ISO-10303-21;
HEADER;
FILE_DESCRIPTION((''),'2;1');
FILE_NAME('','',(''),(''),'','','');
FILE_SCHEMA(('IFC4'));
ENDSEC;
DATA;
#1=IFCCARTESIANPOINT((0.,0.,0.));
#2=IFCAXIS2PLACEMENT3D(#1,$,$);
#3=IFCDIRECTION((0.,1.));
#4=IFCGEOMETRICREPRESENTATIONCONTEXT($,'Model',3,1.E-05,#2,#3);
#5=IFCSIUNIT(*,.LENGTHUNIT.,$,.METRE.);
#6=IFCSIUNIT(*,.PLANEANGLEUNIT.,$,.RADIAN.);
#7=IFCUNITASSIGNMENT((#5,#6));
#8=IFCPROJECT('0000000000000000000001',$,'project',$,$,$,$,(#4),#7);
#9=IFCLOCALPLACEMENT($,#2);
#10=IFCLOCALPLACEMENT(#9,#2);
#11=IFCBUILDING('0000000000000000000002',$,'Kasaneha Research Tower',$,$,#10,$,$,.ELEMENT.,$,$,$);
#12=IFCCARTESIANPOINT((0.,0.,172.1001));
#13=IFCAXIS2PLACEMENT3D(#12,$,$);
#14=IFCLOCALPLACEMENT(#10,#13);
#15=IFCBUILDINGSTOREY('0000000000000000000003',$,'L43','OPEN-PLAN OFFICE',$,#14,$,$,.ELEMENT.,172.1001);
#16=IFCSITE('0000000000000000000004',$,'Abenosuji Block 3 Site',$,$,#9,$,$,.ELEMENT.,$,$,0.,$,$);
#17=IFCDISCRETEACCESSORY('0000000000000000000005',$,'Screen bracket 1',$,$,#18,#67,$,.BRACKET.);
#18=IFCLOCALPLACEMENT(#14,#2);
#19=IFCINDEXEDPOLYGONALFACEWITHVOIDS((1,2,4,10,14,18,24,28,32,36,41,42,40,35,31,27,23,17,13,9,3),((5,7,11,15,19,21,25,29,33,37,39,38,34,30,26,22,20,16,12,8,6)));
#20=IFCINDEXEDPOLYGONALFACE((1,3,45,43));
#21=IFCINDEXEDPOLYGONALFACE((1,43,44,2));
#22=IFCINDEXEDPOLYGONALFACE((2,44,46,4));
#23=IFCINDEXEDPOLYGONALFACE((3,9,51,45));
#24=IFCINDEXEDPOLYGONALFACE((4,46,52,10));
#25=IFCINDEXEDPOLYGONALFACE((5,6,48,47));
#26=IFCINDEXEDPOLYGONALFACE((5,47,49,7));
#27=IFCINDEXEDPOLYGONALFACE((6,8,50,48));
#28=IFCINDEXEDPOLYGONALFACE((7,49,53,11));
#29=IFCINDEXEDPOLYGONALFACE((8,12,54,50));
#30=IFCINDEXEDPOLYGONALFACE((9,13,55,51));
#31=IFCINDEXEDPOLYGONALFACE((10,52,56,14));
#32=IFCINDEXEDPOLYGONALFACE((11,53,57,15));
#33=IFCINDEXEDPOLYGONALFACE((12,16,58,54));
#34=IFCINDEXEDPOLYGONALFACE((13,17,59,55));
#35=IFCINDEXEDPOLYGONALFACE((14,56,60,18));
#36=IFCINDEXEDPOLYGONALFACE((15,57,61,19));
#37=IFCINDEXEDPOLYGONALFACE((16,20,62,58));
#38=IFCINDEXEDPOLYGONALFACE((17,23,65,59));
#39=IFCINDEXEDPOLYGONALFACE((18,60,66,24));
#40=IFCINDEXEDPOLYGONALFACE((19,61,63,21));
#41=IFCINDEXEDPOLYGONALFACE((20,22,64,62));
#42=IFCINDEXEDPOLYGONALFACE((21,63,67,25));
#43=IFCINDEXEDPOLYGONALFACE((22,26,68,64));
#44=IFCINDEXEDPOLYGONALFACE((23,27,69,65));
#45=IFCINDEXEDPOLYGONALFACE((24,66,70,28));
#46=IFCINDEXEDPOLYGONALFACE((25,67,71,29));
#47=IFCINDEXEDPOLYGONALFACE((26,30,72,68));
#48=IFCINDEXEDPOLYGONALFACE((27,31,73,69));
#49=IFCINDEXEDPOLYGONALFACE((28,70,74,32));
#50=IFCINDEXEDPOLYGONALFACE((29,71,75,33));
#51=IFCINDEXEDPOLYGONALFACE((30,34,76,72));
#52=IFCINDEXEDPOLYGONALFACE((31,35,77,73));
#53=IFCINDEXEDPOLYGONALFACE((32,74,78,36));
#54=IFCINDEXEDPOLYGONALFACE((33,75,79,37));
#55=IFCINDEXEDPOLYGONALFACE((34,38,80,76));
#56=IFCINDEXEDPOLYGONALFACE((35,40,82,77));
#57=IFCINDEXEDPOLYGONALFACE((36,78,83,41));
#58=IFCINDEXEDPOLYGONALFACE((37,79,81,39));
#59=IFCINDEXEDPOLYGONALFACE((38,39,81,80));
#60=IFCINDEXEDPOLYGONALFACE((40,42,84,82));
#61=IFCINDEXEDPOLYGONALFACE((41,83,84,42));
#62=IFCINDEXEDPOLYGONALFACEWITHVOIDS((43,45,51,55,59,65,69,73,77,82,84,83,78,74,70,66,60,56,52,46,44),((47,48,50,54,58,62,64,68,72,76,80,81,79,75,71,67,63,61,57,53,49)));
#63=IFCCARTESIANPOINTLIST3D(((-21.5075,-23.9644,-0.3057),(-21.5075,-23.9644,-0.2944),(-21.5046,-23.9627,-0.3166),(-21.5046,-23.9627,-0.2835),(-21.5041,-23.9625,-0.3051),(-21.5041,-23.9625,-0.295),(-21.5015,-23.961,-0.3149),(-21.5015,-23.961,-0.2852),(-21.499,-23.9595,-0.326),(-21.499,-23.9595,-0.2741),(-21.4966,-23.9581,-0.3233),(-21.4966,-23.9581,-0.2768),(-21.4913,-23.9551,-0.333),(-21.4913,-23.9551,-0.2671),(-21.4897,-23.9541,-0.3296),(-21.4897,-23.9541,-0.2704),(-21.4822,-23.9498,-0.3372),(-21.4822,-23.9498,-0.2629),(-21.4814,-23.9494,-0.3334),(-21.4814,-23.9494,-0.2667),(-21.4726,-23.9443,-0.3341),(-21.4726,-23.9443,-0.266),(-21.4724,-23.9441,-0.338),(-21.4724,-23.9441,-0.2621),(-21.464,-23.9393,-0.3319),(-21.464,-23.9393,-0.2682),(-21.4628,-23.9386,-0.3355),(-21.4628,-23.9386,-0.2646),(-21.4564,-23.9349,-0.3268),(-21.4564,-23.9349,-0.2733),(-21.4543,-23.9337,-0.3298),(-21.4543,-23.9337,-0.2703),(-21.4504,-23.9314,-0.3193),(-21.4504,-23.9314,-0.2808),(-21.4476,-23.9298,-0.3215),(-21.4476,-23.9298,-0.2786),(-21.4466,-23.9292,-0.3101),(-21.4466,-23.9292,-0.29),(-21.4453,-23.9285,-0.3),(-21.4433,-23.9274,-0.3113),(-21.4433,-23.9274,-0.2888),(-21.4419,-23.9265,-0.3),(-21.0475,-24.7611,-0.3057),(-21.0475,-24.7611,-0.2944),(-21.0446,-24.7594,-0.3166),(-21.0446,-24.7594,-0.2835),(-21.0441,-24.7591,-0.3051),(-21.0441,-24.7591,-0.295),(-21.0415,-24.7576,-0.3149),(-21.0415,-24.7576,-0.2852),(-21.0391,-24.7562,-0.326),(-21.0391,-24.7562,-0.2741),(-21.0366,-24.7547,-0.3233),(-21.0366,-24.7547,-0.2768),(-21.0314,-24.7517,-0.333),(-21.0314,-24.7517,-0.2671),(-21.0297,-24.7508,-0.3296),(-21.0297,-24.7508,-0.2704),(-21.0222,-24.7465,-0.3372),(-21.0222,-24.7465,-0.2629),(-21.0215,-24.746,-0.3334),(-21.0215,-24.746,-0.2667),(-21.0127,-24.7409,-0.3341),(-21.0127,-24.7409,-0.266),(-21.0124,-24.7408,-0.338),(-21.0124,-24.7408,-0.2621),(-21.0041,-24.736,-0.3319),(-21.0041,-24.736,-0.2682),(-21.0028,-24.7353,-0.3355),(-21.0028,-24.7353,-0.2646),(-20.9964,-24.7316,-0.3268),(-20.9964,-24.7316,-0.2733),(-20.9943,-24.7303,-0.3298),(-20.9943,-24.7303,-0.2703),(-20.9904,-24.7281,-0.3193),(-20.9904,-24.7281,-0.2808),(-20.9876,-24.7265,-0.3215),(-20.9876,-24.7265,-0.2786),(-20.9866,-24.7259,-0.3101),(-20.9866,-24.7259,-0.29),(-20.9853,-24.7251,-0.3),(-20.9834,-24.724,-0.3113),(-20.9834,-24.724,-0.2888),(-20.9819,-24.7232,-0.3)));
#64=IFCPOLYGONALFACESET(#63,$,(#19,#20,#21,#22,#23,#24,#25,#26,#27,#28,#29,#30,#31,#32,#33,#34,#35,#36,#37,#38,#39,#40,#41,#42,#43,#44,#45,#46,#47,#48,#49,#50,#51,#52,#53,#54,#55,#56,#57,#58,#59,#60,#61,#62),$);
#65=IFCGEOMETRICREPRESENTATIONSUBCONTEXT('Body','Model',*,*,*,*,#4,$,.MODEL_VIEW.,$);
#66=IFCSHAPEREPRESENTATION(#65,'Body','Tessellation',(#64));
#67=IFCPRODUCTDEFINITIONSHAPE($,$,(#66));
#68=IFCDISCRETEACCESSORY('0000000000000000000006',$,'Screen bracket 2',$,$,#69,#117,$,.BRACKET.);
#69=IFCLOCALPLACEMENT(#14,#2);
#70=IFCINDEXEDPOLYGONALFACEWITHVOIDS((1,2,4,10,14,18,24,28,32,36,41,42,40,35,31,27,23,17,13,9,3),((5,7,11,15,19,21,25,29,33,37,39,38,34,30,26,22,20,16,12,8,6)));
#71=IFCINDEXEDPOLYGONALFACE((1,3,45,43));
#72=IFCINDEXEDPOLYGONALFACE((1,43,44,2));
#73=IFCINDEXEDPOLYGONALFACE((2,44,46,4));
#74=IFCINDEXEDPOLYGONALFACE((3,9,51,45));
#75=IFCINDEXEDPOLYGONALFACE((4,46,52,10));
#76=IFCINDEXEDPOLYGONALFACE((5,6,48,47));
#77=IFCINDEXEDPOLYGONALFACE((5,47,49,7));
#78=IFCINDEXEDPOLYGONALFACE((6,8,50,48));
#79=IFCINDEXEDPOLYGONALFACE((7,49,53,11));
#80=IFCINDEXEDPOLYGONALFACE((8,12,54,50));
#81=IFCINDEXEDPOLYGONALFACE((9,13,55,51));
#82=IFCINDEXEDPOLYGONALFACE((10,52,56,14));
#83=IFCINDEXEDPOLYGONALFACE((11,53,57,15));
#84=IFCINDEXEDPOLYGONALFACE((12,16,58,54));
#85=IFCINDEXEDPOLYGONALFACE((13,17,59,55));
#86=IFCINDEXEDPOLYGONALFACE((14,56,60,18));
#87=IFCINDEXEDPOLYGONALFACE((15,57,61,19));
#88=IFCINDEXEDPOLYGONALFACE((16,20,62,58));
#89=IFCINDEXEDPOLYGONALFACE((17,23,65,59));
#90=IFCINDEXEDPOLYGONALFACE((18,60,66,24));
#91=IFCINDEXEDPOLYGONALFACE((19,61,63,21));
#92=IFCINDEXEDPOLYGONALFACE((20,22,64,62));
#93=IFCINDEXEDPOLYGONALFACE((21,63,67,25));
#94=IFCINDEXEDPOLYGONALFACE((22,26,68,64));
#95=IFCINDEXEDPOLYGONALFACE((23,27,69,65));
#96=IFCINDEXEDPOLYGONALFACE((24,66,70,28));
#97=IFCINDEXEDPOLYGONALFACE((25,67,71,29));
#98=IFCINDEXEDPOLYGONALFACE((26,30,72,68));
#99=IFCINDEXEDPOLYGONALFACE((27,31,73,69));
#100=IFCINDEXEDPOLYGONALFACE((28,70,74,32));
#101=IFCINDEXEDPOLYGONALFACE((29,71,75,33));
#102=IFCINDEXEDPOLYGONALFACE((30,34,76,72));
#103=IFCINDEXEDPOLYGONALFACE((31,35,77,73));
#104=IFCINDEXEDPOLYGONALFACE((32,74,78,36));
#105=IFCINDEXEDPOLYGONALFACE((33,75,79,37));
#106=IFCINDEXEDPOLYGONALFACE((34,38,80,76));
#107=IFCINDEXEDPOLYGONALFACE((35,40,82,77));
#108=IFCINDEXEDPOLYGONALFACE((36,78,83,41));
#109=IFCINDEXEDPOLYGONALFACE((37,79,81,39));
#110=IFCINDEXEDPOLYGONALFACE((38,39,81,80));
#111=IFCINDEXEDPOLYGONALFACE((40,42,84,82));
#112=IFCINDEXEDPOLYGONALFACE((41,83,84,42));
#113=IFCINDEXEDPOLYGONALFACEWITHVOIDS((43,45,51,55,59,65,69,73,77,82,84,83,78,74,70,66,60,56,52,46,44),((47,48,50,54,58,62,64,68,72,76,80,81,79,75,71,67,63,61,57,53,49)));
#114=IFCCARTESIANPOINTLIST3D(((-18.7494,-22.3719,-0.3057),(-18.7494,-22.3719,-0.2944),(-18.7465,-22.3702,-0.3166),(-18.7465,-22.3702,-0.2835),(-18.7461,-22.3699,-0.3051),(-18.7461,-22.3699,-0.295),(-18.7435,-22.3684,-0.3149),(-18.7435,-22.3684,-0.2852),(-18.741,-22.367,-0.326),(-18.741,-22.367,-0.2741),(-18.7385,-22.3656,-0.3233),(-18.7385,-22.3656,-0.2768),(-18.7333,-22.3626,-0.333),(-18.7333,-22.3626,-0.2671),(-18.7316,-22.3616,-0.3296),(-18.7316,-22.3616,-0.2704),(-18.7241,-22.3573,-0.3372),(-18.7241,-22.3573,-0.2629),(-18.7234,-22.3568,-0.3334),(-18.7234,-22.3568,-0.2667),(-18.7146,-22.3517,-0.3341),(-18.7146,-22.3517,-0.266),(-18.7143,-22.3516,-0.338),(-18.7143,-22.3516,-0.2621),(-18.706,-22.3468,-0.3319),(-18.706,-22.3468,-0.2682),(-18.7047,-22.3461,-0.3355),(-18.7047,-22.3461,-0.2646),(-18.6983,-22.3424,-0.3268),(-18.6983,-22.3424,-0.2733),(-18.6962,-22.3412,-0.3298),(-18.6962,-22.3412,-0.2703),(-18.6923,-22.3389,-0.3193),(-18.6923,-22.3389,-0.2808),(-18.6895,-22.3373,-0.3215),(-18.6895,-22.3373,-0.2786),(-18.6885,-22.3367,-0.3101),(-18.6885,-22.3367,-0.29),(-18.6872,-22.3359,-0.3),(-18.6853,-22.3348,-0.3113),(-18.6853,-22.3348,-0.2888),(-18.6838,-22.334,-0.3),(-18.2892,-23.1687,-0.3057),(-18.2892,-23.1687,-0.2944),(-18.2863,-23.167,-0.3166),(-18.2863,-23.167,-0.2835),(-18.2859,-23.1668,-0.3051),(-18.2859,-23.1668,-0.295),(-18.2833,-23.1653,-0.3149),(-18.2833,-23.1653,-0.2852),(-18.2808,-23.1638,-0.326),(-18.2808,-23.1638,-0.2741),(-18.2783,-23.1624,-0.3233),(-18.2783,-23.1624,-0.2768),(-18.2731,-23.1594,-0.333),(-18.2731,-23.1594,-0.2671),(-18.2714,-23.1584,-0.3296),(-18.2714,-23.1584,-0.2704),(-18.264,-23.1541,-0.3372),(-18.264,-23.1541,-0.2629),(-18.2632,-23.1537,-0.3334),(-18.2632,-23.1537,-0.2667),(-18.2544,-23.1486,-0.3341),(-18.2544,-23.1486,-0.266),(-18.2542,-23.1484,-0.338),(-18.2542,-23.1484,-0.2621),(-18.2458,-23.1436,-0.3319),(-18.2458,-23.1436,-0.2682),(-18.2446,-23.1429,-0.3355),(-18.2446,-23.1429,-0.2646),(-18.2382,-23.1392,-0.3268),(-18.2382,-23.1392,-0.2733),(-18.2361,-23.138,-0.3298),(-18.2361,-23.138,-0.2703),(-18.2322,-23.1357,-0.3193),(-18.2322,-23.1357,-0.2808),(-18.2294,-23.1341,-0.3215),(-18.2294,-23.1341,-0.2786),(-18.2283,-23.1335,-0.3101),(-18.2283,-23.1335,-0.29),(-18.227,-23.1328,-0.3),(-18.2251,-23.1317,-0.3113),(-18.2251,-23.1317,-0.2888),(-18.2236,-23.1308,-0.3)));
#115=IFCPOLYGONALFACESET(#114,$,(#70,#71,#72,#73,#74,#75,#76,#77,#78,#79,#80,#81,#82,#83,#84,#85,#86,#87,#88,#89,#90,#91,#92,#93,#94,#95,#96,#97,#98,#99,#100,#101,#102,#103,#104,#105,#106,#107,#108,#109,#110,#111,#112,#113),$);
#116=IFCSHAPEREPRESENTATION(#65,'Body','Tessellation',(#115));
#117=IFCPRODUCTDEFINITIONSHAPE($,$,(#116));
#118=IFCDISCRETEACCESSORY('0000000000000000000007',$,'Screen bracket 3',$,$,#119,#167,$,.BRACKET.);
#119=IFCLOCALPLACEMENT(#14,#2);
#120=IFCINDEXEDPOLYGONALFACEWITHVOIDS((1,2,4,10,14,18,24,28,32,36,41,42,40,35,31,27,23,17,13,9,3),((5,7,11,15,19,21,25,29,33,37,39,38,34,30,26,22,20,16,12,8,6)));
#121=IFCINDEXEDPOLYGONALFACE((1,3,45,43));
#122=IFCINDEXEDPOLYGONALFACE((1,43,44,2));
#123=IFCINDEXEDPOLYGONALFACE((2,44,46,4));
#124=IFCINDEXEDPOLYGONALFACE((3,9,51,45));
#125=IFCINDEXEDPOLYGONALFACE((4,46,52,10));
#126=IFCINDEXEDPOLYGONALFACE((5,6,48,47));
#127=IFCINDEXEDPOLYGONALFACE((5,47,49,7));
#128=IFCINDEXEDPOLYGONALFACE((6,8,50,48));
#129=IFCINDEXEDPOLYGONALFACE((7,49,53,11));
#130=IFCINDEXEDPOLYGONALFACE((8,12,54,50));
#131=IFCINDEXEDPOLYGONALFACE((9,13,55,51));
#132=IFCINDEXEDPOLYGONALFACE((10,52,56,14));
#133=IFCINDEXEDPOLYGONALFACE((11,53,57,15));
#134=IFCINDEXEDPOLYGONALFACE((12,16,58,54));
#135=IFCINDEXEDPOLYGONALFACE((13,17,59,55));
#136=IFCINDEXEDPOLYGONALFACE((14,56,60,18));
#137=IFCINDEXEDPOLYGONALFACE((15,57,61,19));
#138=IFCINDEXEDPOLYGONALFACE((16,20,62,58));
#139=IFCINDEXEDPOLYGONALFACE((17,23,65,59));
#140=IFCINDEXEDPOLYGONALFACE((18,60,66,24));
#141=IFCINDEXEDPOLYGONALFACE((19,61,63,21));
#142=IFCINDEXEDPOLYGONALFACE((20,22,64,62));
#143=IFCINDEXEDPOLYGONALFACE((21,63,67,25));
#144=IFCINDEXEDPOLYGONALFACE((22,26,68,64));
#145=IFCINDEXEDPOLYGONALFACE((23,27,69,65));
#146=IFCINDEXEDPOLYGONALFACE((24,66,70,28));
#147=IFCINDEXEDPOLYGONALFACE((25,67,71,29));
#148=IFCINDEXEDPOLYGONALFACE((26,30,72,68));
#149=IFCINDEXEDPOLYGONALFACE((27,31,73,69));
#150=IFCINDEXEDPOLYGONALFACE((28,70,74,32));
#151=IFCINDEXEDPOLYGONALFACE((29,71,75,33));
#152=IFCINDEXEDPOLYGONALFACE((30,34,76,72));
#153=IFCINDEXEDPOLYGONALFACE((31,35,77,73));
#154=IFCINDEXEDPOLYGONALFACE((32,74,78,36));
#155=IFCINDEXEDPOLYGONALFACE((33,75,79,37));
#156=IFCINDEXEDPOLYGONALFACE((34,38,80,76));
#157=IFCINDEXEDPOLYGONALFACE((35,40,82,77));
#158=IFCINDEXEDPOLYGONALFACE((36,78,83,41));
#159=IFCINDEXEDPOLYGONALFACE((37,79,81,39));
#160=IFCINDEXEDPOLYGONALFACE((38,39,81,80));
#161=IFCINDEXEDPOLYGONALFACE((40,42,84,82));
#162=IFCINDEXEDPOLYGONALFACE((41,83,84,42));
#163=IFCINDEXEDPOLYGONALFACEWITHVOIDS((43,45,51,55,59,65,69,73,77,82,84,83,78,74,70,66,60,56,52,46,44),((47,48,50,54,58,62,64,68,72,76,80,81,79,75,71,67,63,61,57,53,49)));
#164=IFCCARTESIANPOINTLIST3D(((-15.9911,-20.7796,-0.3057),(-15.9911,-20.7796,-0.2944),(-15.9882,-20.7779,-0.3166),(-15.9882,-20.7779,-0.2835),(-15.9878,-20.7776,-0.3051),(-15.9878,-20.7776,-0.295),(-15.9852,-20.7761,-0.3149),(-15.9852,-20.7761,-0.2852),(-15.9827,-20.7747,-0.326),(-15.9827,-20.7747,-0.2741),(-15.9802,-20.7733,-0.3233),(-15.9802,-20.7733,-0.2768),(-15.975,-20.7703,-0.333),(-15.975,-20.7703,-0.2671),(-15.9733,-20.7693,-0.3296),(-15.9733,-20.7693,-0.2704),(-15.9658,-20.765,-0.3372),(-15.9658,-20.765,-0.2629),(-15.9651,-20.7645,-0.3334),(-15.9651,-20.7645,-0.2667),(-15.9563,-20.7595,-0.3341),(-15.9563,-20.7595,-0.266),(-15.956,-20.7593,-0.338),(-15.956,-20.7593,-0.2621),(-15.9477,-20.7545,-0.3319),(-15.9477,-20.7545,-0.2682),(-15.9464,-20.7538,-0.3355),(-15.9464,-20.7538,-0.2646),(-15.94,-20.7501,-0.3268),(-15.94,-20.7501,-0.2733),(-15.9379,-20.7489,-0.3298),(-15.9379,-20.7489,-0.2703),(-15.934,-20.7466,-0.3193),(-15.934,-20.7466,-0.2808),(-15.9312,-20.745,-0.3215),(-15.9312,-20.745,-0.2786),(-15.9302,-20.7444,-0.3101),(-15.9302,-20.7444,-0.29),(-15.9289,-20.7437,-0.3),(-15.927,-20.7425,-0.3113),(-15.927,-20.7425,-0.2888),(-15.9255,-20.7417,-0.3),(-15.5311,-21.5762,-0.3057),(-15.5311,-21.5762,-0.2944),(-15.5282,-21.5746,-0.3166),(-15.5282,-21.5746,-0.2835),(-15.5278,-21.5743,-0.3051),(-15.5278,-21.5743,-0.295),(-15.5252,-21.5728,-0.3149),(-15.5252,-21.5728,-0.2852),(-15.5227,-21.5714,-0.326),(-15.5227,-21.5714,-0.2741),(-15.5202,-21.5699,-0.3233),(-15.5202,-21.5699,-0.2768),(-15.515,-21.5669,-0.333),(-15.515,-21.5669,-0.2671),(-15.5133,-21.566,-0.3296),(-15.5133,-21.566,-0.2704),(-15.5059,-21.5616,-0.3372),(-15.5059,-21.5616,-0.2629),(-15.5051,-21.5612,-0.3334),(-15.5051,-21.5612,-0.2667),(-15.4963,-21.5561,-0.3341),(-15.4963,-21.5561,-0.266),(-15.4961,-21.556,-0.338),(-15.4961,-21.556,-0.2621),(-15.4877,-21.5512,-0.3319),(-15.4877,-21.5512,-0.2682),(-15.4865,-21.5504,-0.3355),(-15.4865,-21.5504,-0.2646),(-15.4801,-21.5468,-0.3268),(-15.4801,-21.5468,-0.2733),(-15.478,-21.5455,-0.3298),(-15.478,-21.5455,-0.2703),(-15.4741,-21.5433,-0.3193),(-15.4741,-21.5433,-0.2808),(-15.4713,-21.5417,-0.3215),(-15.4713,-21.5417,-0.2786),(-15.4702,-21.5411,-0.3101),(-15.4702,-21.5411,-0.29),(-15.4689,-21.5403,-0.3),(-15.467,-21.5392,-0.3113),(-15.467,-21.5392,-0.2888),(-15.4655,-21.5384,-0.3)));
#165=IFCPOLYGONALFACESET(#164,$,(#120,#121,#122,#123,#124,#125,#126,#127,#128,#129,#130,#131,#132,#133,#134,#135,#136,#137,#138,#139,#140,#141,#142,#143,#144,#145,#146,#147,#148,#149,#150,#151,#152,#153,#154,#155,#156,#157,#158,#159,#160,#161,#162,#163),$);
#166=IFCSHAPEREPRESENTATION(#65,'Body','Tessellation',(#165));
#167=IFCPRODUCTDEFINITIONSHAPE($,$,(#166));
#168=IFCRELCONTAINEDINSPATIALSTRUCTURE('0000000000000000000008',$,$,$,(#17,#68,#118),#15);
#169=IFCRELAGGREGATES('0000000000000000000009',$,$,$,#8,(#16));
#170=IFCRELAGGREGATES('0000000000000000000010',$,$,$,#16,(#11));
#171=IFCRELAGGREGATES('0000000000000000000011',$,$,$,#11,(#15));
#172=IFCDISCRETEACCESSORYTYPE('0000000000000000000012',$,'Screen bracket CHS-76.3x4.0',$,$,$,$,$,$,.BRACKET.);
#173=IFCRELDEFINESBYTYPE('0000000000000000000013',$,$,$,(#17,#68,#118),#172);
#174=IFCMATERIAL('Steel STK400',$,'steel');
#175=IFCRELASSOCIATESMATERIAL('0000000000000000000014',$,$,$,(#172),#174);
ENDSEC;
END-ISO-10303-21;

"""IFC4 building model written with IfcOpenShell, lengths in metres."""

from ifc_helpers import new_model, si_unit, direction, frame, origin, origin_2d, place, context, subcontext, project, spatial, hollow_circle, extrude, material, material_profile, profile_set, type_object, element, save


model = new_model("IFC4")

# Units and contexts
model_context = context("Model", 3, precision=1e-05, world=origin(), true_north=direction((0.0, 1.0)))
body_context = subcontext(model_context, "Body", "Model", "MODEL_VIEW")
ifc_project = project(units=[si_unit("LENGTHUNIT", "METRE"), si_unit("PLANEANGLEUNIT", "RADIAN")], contexts=[model_context])

# Site, building, storey
site_placement = place(None, origin())
site = spatial("IfcSite", under=ifc_project, at=site_placement, Name="Abenosuji Block 3 Site", CompositionType="ELEMENT", RefElevation=0.0)
building_placement = place(site_placement, origin())
building = spatial("IfcBuilding", under=site, at=building_placement, Name="Kasaneha Research Tower", CompositionType="ELEMENT")
storey_placement = place(building_placement, frame((0.0, 0.0, 172.1001)))
storey = spatial("IfcBuildingStorey", under=building, at=storey_placement, Name="L43", Description="OPEN-PLAN OFFICE", CompositionType="ELEMENT", Elevation=172.1001)

# Discrete accessories
ifc_material_1 = material(Name="Steel STK400", Category="steel")
ifc_material_profile_1 = material_profile(ifc_material_1, hollow_circle(Radius=0.0381, WallThickness=0.0039, at=origin_2d()), Name="CHS-76.3x4.0")
ifc_profile_set_1 = profile_set([ifc_material_profile_1], Name="Steel STK400")
discrete_accessory_type = type_object("IfcDiscreteAccessoryType", Name="Screen bracket CHS-76.3x4.0", PredefinedType="BRACKET", material=ifc_profile_set_1)
discrete_accessory_1_placement = place(storey_placement, frame((-21.4749, -23.9456, -0.3), z_axis=(0.500021, -0.866013, 0.0), x_axis=(0.866013, 0.500021, 0.0)))
element("IfcDiscreteAccessory", 1, at=discrete_accessory_1_placement, inside=storey, type_object=discrete_accessory_type, Name="Screen bracket 1", PredefinedType="BRACKET", context=body_context, shape_type="SweptSolid", body=[
    extrude(hollow_circle(Radius=0.0381, WallThickness=0.0039, at=origin_2d()), origin(), (0.0, 0.0, 1.0), 0.9199),
])
discrete_accessory_2_placement = place(storey_placement, frame((-18.7168, -22.353, -0.3), z_axis=(0.500105, -0.865965, 0.0), x_axis=(0.865965, 0.500105, 0.0)))
element("IfcDiscreteAccessory", 2, at=discrete_accessory_2_placement, inside=storey, type_object=discrete_accessory_type, Name="Screen bracket 2", PredefinedType="BRACKET", context=body_context, shape_type="SweptSolid", body=[
    extrude(hollow_circle(Radius=0.0381, WallThickness=0.0039, at=origin_2d()), origin(), (0.0, 0.0, 1.0), 0.9202),
])
discrete_accessory_3_placement = place(storey_placement, frame((-15.9585, -20.7607, -0.3), z_axis=(0.500021, -0.866013, 0.0), x_axis=(0.866013, 0.500021, 0.0)))
element("IfcDiscreteAccessory", 3, at=discrete_accessory_3_placement, inside=storey, type_object=discrete_accessory_type, Name="Screen bracket 3", PredefinedType="BRACKET", context=body_context, shape_type="SweptSolid", body=[
    extrude(hollow_circle(Radius=0.0381, WallThickness=0.0039, at=origin_2d()), origin(), (0.0, 0.0, 1.0), 0.9199),
])

save(model, "model.ifc")
